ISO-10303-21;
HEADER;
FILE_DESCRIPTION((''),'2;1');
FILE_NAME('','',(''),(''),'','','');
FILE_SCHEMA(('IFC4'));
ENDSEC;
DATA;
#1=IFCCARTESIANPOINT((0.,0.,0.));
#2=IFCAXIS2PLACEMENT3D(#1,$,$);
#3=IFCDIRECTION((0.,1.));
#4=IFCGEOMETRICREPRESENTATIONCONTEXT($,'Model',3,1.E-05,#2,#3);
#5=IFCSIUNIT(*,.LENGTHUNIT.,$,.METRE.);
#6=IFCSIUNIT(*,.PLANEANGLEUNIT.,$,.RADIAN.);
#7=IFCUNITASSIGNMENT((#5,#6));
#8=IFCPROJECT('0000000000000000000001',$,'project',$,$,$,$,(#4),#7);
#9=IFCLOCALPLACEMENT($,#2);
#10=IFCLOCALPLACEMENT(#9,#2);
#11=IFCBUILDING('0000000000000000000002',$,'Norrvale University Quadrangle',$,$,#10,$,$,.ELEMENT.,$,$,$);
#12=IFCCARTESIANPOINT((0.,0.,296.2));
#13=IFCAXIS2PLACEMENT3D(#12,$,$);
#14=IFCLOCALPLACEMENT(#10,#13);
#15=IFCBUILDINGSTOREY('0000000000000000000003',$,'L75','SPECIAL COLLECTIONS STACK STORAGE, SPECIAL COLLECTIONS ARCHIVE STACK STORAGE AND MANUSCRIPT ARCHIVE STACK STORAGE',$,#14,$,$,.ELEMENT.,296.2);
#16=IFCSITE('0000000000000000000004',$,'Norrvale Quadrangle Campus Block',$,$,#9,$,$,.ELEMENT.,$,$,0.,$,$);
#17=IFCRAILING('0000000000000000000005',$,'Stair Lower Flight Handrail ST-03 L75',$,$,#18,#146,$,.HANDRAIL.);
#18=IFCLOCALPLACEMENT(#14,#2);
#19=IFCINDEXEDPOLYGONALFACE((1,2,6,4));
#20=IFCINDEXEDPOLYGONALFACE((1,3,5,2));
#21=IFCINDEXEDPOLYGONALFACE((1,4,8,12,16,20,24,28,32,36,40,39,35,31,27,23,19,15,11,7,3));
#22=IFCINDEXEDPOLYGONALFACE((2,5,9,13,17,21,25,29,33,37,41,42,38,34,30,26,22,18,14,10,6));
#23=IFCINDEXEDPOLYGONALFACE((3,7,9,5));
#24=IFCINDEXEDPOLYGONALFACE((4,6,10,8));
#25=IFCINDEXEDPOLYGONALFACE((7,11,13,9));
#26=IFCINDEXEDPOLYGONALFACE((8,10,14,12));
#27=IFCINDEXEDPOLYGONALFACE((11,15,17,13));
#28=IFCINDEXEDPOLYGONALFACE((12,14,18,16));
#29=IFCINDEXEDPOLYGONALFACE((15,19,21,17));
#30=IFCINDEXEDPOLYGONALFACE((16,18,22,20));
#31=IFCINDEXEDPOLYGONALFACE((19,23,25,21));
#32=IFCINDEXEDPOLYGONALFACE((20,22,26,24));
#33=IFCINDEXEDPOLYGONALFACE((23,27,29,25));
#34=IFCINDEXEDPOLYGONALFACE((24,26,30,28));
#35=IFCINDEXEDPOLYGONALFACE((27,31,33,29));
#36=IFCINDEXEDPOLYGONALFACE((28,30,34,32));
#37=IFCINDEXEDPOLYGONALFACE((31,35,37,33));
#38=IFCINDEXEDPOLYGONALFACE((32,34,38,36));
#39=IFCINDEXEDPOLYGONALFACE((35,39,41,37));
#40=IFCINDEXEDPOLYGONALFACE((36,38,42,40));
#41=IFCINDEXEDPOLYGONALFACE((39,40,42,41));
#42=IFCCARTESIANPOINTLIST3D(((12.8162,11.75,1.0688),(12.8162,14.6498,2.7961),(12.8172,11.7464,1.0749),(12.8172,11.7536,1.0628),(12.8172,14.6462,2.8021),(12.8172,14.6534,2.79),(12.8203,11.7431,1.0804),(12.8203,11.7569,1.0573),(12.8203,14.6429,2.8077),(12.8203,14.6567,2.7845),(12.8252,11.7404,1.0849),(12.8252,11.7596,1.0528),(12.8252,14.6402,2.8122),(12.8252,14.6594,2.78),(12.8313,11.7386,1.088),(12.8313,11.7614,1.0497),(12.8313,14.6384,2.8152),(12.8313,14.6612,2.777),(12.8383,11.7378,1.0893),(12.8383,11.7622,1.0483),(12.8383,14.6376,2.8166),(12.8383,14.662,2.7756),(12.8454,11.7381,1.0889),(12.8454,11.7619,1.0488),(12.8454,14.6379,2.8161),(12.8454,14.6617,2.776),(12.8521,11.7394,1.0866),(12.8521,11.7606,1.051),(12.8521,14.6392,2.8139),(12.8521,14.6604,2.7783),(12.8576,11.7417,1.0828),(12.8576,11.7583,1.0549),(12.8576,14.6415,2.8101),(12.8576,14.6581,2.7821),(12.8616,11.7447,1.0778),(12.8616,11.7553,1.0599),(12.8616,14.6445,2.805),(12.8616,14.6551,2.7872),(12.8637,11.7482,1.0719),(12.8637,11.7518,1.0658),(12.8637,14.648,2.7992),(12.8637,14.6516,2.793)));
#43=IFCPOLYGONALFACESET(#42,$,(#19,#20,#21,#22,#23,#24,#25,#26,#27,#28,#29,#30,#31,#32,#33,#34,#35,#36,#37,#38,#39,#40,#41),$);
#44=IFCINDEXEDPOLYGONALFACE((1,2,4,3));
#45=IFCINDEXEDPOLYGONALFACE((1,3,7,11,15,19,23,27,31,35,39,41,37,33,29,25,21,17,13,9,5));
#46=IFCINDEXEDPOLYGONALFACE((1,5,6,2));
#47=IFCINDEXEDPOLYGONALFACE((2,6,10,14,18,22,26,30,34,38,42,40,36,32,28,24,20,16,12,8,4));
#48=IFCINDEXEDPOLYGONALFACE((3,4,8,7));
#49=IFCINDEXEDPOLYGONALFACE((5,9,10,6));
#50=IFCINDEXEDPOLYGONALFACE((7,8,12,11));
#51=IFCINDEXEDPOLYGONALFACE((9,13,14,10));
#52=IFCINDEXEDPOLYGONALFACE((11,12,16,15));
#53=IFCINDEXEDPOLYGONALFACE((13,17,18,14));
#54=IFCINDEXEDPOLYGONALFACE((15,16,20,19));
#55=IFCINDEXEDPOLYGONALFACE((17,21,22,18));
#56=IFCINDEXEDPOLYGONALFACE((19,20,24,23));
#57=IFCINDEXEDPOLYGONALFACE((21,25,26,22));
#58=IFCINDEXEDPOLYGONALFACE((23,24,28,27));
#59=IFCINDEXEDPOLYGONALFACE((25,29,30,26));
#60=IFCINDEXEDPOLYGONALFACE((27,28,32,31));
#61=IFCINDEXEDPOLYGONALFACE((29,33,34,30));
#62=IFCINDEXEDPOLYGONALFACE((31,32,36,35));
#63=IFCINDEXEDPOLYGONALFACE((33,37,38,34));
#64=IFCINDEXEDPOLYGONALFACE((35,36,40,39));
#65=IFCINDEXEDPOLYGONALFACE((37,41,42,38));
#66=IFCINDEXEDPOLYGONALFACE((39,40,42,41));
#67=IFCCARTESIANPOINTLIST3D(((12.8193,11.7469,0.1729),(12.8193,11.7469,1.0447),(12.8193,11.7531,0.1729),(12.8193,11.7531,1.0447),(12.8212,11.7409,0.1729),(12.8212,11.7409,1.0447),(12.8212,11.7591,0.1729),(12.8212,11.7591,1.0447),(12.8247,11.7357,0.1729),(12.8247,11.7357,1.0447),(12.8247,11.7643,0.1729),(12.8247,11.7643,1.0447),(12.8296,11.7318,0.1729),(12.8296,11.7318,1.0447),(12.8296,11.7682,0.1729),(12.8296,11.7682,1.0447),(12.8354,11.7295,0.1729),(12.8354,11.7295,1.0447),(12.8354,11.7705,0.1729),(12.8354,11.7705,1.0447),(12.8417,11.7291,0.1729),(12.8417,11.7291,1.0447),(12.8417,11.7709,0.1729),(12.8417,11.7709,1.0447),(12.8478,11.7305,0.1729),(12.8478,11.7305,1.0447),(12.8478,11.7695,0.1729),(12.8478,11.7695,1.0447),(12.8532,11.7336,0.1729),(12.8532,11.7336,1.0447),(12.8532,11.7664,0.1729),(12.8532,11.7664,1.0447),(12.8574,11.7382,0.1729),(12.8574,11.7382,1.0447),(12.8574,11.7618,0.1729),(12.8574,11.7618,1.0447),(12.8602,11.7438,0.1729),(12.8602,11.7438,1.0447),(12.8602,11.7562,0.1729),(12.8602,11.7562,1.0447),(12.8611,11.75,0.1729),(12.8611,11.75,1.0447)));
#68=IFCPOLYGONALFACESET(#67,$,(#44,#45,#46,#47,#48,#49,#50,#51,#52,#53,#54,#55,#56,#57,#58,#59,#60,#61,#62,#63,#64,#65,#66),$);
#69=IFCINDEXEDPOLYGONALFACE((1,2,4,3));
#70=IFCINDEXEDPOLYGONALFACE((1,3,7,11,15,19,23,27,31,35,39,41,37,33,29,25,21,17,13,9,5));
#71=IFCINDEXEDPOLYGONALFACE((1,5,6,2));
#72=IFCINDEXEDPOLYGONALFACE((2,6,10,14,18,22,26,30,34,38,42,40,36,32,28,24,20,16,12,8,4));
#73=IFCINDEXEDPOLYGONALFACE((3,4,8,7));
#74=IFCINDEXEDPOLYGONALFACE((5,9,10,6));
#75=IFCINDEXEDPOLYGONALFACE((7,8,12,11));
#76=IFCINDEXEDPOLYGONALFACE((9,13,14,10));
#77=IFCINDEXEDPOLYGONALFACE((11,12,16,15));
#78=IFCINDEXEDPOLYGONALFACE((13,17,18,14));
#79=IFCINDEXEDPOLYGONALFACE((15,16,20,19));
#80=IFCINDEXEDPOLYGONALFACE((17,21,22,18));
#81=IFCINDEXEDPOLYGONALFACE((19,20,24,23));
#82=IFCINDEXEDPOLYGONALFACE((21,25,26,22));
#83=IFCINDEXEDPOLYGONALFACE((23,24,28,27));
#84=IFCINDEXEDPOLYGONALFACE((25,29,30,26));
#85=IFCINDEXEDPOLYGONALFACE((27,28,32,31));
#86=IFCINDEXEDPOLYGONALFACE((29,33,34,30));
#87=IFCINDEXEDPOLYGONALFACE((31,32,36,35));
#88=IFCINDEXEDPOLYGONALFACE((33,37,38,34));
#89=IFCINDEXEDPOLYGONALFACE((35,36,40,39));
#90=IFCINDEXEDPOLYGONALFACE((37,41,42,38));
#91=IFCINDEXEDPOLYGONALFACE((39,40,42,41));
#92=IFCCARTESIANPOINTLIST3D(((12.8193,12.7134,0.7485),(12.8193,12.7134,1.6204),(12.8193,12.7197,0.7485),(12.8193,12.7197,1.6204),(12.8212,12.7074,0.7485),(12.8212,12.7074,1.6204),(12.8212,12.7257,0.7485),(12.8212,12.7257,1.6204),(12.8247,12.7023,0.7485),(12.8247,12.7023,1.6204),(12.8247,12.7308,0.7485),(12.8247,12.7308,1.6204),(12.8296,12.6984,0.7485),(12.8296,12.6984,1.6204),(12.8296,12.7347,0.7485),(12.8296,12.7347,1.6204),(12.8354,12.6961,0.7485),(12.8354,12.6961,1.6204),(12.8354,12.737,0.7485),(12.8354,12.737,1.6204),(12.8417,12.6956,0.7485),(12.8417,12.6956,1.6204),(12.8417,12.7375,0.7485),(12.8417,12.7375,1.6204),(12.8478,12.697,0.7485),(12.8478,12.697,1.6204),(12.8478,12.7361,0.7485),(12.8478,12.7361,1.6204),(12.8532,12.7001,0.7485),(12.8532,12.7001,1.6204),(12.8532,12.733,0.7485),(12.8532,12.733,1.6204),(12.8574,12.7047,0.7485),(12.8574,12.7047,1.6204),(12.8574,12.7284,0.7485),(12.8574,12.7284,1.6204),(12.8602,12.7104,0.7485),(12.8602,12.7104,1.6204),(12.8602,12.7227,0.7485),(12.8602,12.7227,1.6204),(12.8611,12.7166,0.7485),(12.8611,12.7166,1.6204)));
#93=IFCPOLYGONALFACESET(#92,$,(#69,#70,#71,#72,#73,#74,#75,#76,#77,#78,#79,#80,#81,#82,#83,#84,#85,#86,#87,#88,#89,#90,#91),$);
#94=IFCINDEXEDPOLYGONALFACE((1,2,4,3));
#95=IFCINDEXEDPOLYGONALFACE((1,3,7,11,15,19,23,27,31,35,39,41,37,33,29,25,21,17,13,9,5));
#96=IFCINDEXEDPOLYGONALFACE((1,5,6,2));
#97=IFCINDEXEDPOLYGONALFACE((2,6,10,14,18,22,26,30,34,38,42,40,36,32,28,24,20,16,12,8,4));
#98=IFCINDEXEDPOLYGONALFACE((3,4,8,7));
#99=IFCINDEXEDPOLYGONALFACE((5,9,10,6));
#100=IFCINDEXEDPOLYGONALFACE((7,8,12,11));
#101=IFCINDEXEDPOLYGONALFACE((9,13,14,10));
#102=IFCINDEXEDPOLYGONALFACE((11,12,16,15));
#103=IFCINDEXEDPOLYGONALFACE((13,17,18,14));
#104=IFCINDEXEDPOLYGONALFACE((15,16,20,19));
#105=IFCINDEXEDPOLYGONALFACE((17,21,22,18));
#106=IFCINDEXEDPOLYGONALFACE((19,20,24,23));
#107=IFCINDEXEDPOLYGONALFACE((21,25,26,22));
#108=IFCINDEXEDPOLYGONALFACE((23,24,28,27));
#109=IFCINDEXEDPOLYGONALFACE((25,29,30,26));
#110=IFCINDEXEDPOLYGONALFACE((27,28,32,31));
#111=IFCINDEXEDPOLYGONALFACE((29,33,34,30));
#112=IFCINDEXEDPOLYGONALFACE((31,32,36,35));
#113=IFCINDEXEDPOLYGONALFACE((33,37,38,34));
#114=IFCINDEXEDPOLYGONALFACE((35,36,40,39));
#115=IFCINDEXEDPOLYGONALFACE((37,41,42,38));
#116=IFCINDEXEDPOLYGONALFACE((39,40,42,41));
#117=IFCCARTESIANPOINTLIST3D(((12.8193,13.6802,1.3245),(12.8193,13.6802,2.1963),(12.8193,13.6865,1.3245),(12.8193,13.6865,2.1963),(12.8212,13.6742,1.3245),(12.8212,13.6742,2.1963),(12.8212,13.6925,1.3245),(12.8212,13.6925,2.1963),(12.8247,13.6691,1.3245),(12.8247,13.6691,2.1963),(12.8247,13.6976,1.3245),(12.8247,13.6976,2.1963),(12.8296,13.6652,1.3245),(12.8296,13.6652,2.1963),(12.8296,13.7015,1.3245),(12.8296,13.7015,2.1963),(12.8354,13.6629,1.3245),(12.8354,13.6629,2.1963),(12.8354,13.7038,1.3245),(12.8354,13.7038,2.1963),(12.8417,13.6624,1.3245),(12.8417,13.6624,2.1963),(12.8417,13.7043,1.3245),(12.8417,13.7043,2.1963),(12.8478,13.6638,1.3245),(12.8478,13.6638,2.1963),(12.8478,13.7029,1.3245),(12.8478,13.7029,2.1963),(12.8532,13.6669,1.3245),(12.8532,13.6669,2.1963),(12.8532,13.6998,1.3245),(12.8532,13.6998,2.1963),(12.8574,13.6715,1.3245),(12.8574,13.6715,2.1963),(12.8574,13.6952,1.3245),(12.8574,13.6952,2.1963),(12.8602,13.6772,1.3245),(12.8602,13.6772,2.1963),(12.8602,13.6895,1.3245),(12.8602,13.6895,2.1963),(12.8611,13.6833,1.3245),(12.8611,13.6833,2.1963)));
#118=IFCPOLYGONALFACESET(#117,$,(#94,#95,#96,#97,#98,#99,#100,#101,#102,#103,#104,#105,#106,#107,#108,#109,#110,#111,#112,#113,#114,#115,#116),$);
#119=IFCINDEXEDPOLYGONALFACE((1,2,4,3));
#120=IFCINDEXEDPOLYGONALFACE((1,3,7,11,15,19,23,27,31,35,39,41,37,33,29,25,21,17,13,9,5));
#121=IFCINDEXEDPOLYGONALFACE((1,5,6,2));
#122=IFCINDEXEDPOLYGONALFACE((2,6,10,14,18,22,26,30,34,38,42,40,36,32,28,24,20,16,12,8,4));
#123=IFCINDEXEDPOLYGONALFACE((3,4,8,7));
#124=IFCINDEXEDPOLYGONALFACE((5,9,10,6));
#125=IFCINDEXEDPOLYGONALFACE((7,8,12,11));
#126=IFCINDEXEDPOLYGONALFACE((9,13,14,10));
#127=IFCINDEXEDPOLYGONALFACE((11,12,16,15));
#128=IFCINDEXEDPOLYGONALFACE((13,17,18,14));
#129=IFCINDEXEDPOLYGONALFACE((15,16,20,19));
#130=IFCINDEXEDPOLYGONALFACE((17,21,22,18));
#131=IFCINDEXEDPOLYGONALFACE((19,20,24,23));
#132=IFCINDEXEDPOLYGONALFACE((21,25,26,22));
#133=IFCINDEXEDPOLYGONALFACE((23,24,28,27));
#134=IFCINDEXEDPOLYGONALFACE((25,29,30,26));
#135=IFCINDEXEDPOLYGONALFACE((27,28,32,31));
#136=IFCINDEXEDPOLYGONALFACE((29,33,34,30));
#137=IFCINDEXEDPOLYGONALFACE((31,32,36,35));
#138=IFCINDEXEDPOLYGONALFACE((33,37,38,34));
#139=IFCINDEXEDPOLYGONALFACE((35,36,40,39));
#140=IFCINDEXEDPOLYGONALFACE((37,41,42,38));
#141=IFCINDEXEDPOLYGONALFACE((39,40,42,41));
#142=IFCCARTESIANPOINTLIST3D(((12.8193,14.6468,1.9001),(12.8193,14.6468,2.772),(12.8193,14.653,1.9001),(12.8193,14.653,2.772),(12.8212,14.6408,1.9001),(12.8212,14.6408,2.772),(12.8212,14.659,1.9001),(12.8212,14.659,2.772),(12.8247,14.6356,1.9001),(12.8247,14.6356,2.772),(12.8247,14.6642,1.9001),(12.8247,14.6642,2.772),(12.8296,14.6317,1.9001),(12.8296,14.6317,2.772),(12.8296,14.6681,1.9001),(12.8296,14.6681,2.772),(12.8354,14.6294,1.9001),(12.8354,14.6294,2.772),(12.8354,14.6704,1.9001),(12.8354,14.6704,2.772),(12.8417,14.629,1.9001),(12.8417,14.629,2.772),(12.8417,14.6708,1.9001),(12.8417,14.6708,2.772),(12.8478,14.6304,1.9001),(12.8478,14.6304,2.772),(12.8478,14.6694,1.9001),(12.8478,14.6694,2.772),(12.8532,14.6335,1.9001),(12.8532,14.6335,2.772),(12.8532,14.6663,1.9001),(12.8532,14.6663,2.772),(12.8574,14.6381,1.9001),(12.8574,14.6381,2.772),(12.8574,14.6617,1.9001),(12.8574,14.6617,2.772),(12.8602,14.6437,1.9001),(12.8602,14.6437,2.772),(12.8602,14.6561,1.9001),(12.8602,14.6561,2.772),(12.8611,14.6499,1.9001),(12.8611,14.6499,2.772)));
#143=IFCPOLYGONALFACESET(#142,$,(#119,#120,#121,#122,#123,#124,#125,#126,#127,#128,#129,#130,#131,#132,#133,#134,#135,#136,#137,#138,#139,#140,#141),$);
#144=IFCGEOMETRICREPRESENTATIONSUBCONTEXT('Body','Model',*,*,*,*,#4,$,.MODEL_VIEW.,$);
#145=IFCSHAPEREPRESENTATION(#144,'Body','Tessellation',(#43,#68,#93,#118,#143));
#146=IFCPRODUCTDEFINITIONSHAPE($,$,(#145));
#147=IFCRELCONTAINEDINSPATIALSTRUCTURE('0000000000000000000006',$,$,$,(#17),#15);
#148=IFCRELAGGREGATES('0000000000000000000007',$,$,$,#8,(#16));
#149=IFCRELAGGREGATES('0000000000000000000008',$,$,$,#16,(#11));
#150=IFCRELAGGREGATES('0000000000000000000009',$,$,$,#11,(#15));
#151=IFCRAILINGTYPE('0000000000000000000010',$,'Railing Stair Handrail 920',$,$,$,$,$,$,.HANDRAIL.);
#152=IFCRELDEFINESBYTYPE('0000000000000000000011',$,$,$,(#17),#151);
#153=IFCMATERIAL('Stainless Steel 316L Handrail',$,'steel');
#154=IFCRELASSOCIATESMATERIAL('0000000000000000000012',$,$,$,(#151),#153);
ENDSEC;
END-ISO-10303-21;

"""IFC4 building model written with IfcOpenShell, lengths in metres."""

from ifc_helpers import new_model, si_unit, direction, frame, origin, origin_2d, place, context, subcontext, project, spatial, circle, extrude, material, type_object, element, save


model = new_model("IFC4")

# Units and contexts
model_context = context("Model", 3, precision=1e-05, world=origin(), true_north=direction((0.0, 1.0)))
body_context = subcontext(model_context, "Body", "Model", "MODEL_VIEW")
ifc_project = project(units=[si_unit("LENGTHUNIT", "METRE"), si_unit("PLANEANGLEUNIT", "RADIAN")], contexts=[model_context])

# Site, building, storey
site_placement = place(None, origin())
site = spatial("IfcSite", under=ifc_project, at=site_placement, Name="Norrvale Quadrangle Campus Block", CompositionType="ELEMENT", RefElevation=0.0)
building_placement = place(site_placement, origin())
building = spatial("IfcBuilding", under=site, at=building_placement, Name="Norrvale University Quadrangle", CompositionType="ELEMENT")
storey_placement = place(building_placement, frame((0.0, 0.0, 296.2)))
storey = spatial("IfcBuildingStorey", under=building, at=storey_placement, Name="L75", Description="SPECIAL COLLECTIONS STACK STORAGE, SPECIAL COLLECTIONS ARCHIVE STACK STORAGE AND MANUSCRIPT ARCHIVE STACK STORAGE", CompositionType="ELEMENT", Elevation=296.2)

# Railing
ifc_material_1 = material(Name="Stainless Steel 316L Handrail", Category="steel")
railing_type_1 = type_object("IfcRailingType", Name="Railing Stair Handrail 920", PredefinedType="HANDRAIL", material=ifc_material_1)
railing_1_placement = place(storey_placement, frame((12.8401, 11.75, 0.1729)))
element("IfcRailing", 1, at=railing_1_placement, inside=storey, type_object=railing_type_1, Name="Stair Lower Flight Handrail ST-03 L75", PredefinedType="HANDRAIL", context=body_context, shape_type="SweptSolid", body=[
    extrude(circle(Radius=0.0239, at=origin_2d()), frame((0.0, 0.0, 0.896), z_axis=(0.0, 0.859141, 0.511738), x_axis=(-1.0, 0.0, 0.0)), (0.0, 0.0, 1.0), 3.3752),
    extrude(circle(Radius=0.021, at=origin_2d()), origin(), (0.0, 0.0, 1.0), 0.8718),
    extrude(circle(Radius=0.021, at=origin_2d()), frame((0.0, 0.9666, 0.5757)), (0.0, 0.0, 1.0), 0.8718),
    extrude(circle(Radius=0.021, at=origin_2d()), frame((0.0, 1.9333, 1.1516)), (0.0, 0.0, 1.0), 0.8718),
    extrude(circle(Radius=0.021, at=origin_2d()), frame((0.0, 2.8999, 1.7273)), (0.0, 0.0, 1.0), 0.8718),
])

save(model, "model.ifc")
